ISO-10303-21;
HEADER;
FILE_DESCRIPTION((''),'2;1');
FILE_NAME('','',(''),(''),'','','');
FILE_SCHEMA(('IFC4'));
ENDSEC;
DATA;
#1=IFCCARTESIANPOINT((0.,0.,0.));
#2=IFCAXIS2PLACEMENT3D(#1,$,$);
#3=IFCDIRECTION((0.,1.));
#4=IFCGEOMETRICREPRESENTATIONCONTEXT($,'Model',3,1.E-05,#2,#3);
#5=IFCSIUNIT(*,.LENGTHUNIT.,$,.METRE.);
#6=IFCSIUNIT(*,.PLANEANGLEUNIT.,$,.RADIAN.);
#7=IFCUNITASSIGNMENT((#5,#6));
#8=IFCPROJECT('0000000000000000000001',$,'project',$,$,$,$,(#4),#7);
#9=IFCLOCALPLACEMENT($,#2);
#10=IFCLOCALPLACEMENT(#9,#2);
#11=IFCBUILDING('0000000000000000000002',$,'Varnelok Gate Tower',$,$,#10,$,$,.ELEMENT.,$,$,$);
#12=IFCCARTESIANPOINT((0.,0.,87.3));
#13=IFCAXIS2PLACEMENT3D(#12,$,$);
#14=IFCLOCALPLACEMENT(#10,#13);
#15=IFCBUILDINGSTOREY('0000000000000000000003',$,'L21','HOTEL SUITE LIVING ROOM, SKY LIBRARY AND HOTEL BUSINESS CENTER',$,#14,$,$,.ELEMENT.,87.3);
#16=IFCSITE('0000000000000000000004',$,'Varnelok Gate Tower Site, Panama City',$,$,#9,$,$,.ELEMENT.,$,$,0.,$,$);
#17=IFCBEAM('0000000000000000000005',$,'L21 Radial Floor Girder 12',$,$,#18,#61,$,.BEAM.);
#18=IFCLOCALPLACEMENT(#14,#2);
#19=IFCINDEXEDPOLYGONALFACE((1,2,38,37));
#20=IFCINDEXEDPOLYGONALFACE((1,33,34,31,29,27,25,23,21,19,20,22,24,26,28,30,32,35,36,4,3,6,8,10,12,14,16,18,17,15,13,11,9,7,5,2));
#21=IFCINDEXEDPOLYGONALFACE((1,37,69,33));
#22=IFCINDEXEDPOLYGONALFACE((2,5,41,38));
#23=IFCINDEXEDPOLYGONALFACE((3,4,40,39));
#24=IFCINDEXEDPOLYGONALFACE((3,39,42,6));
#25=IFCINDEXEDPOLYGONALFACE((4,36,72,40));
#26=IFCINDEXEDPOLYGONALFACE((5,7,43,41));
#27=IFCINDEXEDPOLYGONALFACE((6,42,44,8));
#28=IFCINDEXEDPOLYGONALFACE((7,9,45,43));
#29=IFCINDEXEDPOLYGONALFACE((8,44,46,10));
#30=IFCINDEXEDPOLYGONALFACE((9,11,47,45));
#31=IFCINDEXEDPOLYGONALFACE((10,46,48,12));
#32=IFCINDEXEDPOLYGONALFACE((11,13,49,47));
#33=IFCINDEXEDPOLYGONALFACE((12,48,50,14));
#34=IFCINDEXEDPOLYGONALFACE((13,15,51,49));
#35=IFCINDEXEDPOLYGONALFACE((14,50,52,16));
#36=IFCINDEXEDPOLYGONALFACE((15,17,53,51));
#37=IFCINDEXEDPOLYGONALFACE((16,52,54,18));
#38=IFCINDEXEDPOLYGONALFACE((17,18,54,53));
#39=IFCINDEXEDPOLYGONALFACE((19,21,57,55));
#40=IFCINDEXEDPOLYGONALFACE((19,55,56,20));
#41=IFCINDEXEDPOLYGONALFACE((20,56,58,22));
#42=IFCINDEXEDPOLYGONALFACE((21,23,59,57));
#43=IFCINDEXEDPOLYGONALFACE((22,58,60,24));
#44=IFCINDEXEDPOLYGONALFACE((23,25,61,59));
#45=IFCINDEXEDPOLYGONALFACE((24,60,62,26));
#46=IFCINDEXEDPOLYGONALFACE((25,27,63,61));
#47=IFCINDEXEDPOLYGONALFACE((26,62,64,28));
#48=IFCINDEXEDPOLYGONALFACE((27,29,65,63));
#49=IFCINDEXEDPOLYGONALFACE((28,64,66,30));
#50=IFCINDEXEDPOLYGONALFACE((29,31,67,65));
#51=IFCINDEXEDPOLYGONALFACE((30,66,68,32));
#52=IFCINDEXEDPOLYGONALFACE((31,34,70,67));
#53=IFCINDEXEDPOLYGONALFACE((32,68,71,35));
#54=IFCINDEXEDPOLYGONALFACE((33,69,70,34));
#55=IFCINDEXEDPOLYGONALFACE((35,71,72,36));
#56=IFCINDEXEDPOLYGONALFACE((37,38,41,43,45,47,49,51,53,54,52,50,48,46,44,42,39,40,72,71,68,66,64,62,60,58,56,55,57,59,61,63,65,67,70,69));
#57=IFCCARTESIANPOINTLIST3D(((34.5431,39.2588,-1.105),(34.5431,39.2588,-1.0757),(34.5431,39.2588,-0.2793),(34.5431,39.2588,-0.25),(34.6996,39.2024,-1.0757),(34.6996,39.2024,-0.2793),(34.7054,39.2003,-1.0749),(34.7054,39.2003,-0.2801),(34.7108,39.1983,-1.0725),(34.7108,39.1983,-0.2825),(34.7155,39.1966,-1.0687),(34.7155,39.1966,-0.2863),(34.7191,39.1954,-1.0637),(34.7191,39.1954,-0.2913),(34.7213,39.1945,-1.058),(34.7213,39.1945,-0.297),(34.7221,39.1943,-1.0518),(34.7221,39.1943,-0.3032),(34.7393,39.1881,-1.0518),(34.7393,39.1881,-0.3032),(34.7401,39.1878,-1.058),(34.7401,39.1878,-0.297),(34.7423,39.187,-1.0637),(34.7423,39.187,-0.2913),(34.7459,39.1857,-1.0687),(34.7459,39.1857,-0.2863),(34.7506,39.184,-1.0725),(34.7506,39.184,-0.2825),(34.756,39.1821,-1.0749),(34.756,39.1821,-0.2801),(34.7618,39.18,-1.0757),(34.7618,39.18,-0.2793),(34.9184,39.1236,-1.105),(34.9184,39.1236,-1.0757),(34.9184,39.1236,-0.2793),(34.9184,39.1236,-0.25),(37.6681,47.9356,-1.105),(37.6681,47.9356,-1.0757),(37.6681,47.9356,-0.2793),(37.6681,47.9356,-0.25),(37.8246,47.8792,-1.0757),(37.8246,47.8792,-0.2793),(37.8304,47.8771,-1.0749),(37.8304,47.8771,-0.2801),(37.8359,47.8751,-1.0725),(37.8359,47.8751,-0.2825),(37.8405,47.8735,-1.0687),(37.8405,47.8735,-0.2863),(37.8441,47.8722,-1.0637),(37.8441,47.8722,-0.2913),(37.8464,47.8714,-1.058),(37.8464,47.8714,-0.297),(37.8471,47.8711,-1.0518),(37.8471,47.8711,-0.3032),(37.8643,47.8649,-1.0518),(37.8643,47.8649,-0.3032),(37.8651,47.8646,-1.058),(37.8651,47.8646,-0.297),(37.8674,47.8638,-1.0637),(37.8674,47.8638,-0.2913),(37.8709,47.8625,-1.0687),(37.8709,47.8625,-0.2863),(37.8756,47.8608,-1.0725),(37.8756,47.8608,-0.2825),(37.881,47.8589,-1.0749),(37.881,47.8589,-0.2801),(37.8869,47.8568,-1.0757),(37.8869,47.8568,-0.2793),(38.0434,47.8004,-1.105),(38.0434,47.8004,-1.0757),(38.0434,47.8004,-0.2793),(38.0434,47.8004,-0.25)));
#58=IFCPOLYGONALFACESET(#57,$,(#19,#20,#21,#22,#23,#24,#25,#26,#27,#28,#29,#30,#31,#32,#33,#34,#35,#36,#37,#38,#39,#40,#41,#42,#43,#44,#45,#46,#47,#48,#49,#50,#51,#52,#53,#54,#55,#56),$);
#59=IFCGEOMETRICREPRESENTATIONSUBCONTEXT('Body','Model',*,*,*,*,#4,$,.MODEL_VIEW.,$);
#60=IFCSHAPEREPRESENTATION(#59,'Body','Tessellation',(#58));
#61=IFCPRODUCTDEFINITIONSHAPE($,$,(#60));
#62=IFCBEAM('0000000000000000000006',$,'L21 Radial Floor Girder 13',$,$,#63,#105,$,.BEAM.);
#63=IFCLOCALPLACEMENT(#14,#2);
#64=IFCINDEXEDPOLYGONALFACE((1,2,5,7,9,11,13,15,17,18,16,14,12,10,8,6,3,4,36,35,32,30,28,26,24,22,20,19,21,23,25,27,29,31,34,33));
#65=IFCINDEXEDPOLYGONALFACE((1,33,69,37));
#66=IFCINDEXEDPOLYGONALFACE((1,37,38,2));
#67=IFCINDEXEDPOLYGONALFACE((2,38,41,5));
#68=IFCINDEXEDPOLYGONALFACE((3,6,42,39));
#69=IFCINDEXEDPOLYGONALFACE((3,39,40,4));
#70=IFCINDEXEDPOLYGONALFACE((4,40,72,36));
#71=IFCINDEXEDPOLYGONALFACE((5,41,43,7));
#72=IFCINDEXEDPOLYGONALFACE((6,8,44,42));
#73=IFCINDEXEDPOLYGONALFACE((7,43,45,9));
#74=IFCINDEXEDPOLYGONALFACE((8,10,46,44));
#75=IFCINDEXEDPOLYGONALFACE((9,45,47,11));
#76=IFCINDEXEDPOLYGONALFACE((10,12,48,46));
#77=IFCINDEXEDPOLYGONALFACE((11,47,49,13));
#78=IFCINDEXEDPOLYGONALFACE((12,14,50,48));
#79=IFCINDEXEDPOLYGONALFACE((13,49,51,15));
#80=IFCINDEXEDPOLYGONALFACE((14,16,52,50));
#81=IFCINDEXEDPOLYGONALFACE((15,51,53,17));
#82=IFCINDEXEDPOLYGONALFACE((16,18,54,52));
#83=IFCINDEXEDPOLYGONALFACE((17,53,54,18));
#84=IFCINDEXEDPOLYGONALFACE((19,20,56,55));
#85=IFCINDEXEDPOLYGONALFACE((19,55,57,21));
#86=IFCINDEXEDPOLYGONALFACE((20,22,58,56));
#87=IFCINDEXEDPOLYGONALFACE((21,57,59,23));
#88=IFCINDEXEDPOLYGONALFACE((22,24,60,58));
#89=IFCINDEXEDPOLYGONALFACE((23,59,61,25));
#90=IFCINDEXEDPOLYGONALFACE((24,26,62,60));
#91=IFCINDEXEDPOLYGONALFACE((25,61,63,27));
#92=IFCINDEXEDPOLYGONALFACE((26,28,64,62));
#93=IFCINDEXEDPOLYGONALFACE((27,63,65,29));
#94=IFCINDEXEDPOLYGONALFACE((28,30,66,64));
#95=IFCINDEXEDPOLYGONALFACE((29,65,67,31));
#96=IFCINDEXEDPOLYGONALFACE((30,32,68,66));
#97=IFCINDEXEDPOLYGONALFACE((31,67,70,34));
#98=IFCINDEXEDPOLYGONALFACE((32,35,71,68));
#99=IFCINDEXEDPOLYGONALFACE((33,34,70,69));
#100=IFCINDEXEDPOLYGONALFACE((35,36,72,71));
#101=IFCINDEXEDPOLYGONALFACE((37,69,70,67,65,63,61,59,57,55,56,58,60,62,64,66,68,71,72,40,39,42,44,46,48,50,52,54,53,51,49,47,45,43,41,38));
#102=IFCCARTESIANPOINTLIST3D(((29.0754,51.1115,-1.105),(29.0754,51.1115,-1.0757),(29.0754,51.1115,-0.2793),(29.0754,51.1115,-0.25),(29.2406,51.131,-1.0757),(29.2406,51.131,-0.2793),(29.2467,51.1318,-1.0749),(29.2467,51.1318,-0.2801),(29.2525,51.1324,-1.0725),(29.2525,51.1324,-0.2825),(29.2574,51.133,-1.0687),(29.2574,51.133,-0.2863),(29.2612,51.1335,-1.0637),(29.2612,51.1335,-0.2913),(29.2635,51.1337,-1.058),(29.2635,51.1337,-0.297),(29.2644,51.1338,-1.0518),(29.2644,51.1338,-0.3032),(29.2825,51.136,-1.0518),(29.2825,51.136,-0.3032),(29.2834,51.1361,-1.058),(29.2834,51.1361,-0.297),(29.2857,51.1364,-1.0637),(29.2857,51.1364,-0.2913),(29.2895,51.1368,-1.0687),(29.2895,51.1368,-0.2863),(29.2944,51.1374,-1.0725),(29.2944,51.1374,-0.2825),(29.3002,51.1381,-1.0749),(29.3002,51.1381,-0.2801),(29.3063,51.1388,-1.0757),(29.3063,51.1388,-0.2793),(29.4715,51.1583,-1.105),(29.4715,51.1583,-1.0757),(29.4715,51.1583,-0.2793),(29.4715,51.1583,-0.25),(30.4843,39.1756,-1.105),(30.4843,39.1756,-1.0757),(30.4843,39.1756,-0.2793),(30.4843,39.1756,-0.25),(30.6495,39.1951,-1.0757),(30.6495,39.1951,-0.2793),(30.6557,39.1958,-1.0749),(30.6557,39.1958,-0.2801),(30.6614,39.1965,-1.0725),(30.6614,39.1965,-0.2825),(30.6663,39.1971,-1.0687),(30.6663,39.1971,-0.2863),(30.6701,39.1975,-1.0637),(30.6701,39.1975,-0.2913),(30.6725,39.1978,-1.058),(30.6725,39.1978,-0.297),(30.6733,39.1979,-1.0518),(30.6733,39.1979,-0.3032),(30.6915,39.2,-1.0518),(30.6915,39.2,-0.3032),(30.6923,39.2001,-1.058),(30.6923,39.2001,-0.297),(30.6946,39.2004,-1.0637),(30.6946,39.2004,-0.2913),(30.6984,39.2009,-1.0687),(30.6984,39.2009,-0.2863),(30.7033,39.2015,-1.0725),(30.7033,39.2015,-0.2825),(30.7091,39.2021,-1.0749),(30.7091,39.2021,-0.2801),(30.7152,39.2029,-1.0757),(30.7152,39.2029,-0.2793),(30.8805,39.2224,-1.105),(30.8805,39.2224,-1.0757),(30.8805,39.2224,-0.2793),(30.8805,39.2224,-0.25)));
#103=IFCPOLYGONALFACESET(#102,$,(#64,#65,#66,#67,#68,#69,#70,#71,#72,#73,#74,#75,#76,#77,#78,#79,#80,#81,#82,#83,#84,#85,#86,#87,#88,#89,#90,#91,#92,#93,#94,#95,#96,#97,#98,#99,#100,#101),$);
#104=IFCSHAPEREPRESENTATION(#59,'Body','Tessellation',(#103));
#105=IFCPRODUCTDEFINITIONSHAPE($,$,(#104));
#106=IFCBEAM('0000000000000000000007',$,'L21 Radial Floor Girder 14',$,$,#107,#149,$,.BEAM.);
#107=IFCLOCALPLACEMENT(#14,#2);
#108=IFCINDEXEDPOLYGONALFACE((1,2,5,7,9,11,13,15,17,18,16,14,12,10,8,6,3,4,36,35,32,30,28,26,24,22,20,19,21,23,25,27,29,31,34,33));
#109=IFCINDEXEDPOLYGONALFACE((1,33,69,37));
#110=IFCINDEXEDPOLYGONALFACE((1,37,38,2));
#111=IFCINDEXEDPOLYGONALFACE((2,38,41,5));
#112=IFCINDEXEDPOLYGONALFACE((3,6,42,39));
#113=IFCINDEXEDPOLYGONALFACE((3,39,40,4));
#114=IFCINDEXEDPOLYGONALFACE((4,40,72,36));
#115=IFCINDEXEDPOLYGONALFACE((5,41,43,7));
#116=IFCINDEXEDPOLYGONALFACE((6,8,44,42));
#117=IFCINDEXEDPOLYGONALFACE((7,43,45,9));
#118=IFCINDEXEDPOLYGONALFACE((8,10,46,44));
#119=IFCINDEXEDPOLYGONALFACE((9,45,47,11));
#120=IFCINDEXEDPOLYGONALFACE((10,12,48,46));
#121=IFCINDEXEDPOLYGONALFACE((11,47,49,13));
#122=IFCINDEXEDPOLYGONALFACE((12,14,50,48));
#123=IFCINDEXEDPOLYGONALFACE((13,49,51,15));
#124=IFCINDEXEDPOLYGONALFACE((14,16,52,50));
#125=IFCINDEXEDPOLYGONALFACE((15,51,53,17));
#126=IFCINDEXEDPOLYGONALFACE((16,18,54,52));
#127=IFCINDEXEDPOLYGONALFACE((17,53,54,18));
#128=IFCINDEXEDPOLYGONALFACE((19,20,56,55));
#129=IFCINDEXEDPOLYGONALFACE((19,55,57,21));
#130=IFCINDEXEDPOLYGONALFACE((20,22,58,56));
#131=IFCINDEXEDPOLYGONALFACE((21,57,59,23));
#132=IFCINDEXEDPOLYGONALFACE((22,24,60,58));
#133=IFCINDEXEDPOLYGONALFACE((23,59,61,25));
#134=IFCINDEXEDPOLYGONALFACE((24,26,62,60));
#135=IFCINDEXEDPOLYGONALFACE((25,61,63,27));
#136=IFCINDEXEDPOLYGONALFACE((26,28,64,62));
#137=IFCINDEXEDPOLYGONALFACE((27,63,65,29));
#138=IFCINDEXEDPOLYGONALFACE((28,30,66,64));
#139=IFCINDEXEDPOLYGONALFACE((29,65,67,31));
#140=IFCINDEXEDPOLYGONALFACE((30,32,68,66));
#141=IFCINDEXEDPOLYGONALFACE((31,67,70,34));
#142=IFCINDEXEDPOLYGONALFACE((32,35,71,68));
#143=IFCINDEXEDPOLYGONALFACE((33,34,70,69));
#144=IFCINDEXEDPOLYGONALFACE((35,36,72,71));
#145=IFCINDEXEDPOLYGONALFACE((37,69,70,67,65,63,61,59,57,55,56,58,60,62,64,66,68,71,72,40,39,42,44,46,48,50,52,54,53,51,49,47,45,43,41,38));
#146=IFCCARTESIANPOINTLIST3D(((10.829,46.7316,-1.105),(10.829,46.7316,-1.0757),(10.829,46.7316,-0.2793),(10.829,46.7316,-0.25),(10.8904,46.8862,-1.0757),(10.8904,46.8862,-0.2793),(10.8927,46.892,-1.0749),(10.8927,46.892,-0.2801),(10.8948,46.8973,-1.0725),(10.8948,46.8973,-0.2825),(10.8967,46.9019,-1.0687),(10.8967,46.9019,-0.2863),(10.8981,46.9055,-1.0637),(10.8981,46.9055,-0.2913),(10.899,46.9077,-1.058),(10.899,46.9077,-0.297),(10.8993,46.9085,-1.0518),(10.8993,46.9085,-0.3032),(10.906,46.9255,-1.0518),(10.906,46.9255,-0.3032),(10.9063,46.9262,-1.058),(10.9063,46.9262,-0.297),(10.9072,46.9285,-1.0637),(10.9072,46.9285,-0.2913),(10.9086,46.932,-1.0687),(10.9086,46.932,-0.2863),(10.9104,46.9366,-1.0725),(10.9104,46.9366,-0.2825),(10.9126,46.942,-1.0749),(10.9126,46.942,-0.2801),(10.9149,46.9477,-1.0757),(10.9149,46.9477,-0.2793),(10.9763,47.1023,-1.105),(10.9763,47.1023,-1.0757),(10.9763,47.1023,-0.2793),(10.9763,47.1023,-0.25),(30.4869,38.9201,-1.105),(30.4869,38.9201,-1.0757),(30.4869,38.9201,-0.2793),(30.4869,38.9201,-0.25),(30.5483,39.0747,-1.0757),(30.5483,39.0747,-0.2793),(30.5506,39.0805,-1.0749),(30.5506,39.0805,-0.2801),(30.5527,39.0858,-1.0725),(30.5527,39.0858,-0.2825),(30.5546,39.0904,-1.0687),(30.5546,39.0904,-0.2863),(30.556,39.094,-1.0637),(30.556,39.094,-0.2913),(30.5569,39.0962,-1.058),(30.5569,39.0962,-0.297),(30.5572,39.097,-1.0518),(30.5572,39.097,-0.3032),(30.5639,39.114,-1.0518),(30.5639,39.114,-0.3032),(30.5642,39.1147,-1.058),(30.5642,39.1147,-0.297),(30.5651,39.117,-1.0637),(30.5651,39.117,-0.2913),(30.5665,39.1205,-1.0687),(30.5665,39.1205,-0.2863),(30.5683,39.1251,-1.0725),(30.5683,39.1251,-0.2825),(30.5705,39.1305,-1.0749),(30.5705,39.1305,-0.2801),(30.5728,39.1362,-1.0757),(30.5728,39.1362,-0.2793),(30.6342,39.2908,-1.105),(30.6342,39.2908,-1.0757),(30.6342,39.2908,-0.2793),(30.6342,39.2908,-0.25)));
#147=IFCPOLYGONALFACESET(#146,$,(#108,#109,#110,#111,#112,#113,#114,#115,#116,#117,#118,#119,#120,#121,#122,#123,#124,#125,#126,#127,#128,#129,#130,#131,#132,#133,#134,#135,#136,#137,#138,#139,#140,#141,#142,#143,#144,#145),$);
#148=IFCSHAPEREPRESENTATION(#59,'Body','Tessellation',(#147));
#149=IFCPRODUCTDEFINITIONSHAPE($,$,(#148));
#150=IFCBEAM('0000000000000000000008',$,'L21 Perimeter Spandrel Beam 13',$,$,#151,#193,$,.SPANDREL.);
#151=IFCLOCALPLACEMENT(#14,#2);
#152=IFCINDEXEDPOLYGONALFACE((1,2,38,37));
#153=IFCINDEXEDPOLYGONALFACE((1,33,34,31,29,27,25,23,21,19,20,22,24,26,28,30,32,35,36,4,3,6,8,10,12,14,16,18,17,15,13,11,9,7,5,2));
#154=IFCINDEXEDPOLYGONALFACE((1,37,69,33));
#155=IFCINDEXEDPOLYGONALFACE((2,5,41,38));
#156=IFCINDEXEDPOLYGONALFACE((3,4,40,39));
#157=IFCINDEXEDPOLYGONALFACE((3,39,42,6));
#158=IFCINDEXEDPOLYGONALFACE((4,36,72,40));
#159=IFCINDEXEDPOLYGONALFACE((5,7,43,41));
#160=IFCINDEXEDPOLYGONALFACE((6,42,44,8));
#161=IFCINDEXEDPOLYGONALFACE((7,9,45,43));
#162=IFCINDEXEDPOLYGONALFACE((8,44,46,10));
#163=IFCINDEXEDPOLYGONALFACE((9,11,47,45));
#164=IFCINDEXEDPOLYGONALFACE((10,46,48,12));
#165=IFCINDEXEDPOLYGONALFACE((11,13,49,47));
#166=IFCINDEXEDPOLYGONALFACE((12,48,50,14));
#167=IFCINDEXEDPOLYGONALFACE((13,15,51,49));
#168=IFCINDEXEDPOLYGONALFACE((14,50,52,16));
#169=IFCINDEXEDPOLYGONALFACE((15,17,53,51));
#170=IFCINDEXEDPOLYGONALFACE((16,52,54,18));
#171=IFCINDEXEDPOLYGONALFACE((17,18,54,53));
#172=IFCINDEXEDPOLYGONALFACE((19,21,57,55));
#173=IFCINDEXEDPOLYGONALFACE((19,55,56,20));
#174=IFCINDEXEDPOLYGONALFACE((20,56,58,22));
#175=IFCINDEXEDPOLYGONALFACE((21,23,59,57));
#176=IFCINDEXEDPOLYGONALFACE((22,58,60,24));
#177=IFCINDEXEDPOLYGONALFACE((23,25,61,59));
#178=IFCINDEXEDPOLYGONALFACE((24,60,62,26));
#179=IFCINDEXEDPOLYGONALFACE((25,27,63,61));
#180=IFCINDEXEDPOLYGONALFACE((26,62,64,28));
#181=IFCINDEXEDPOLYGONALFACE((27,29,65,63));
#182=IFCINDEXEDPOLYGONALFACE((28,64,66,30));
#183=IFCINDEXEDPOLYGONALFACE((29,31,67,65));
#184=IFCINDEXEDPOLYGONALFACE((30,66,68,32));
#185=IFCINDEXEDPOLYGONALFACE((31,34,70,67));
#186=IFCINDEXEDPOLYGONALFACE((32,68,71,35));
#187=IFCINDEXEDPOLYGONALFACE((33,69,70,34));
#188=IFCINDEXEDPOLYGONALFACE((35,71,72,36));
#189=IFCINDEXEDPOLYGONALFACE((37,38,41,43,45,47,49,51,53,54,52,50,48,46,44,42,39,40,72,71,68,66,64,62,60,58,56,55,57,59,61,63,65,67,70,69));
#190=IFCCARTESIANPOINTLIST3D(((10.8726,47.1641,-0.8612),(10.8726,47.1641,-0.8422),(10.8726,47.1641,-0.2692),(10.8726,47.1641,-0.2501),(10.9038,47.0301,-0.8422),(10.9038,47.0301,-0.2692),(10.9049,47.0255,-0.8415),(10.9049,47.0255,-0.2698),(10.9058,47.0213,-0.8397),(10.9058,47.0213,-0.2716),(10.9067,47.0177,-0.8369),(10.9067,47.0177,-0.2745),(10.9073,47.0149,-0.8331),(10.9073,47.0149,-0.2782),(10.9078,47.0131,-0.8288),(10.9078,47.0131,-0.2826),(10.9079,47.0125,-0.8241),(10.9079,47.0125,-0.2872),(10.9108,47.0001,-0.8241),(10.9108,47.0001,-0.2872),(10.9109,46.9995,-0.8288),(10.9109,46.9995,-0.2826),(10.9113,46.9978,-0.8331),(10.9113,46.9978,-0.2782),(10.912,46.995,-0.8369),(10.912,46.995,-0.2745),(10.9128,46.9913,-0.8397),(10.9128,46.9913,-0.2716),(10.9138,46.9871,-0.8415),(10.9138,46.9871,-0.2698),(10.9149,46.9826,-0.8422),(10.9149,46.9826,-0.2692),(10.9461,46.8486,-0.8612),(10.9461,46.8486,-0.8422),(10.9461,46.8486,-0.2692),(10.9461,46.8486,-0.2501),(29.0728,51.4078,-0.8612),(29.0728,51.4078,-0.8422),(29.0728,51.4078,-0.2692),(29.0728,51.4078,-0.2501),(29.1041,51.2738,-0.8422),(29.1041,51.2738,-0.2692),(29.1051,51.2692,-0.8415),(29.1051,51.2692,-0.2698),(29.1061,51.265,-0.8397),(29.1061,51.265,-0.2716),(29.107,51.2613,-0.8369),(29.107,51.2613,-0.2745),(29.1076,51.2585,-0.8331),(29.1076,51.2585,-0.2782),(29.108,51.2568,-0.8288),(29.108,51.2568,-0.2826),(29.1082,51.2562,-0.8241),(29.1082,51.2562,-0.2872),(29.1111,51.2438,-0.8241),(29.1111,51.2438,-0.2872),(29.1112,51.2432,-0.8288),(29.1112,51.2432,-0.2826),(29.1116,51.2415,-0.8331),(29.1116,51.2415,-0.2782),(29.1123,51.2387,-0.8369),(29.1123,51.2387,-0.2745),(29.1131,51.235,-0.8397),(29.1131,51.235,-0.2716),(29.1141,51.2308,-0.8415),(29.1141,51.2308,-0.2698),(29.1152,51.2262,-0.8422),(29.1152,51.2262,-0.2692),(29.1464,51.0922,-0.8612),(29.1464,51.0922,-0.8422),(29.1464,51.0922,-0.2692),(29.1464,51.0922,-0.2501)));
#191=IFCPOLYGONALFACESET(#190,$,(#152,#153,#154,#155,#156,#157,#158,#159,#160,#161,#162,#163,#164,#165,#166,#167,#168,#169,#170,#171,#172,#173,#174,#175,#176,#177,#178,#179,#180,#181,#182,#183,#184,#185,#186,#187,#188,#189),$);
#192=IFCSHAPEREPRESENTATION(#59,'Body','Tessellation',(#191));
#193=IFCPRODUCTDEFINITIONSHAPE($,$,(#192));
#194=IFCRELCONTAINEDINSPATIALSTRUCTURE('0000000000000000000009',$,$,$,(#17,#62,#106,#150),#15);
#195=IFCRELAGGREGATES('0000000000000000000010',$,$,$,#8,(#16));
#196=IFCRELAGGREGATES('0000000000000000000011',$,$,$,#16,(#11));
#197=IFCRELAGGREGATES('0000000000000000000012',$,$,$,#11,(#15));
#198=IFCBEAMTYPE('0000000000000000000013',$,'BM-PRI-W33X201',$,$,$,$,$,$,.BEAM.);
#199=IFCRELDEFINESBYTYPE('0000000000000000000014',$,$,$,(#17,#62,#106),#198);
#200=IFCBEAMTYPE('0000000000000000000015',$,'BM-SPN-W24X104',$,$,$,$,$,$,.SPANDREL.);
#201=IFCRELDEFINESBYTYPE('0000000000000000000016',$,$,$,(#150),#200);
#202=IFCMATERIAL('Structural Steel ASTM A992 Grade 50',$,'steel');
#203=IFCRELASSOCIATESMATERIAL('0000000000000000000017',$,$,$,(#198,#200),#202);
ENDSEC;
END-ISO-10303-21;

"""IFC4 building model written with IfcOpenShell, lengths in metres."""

from ifc_helpers import new_model, si_unit, direction, frame, origin, origin_2d, place, context, subcontext, project, spatial, i_section, extrude, material, material_profile, profile_set, type_object, element, save


model = new_model("IFC4")

# Units and contexts
model_context = context("Model", 3, precision=1e-05, world=origin(), true_north=direction((0.0, 1.0)))
body_context = subcontext(model_context, "Body", "Model", "MODEL_VIEW")
ifc_project = project(units=[si_unit("LENGTHUNIT", "METRE"), si_unit("PLANEANGLEUNIT", "RADIAN")], contexts=[model_context])

# Site, building, storey
site_placement = place(None, origin())
site = spatial("IfcSite", under=ifc_project, at=site_placement, Name="Varnelok Gate Tower Site, Panama City", CompositionType="ELEMENT", RefElevation=0.0)
building_placement = place(site_placement, origin())
building = spatial("IfcBuilding", under=site, at=building_placement, Name="Varnelok Gate Tower", CompositionType="ELEMENT")
storey_placement = place(building_placement, frame((0.0, 0.0, 87.3)))
storey = spatial("IfcBuildingStorey", under=building, at=storey_placement, Name="L21", Description="HOTEL SUITE LIVING ROOM, SKY LIBRARY AND HOTEL BUSINESS CENTER", CompositionType="ELEMENT", Elevation=87.3)

# Shared definitions
ifc_material_1 = material(Name="Structural Steel ASTM A992 Grade 50", Category="steel")

# Beams
ifc_material_profile_1 = material_profile(ifc_material_1, i_section(OverallWidth=0.3989, OverallDepth=0.855, WebThickness=0.0183, FlangeThickness=0.0293, FilletRadius=0.0239, at=origin_2d()), Name="W33X201")
ifc_profile_set_1 = profile_set([ifc_material_profile_1], Name="Structural Steel ASTM A992 Grade 50")
beam_type_1 = type_object("IfcBeamType", Name="BM-PRI-W33X201", PredefinedType="BEAM", material=ifc_profile_set_1)
beam_1_placement = place(storey_placement, frame((34.7307, 39.1912, -0.6775), z_axis=(0.338851, 0.94084, 0.0), x_axis=(-0.94084, 0.338851, 0.0)))
element("IfcBeam", 1, at=beam_1_placement, inside=storey, type_object=beam_type_1, Name="L21 Radial Floor Girder 12", PredefinedType="BEAM", context=body_context, shape_type="SweptSolid", body=[
    extrude(i_section(OverallWidth=0.3989, OverallDepth=0.855, WebThickness=0.0183, FlangeThickness=0.0293, FilletRadius=0.0239, at=origin_2d()), origin(), (0.0, 0.0, 1.0), 9.2224),
])
beam_2_placement = place(storey_placement, frame((30.6824, 39.199, -0.6775), z_axis=(-0.117227, 0.993105, 0.0), x_axis=(-0.993105, -0.117227, 0.0)))
element("IfcBeam", 2, at=beam_2_placement, inside=storey, type_object=beam_type_1, Name="L21 Radial Floor Girder 13", PredefinedType="BEAM", context=body_context, shape_type="SweptSolid", body=[
    extrude(i_section(OverallWidth=0.3989, OverallDepth=0.855, WebThickness=0.0183, FlangeThickness=0.0293, FilletRadius=0.0239, at=origin_2d()), origin(), (0.0, 0.0, 1.0), 12.0188),
])
beam_3_placement = place(storey_placement, frame((30.5605, 39.1055, -0.6775), z_axis=(-0.929316, 0.369284, 0.0), x_axis=(-0.369284, -0.929316, 0.0)))
element("IfcBeam", 3, at=beam_3_placement, inside=storey, type_object=beam_type_1, Name="L21 Radial Floor Girder 14", PredefinedType="BEAM", context=body_context, shape_type="SweptSolid", body=[
    extrude(i_section(OverallWidth=0.3989, OverallDepth=0.855, WebThickness=0.0183, FlangeThickness=0.0293, FilletRadius=0.0239, at=origin_2d()), origin(), (0.0, 0.0, 1.0), 21.1531),
])
ifc_material_profile_2 = material_profile(ifc_material_1, i_section(OverallWidth=0.324, OverallDepth=0.6111, WebThickness=0.0127, FlangeThickness=0.019, FilletRadius=0.0181, at=origin_2d()), Name="W24X104")
ifc_profile_set_2 = profile_set([ifc_material_profile_2], Name="Structural Steel ASTM A992 Grade 50")
beam_type_2 = type_object("IfcBeamType", Name="BM-SPN-W24X104", PredefinedType="SPANDREL", material=ifc_profile_set_2)
beam_4_placement = place(storey_placement, frame((29.1096, 51.25, -0.5557), z_axis=(-0.973877, -0.227074, 0.0), x_axis=(0.227074, -0.973877, 0.0)))
element("IfcBeam", 4, at=beam_4_placement, inside=storey, type_object=beam_type_2, Name="L21 Perimeter Spandrel Beam 13", PredefinedType="SPANDREL", context=body_context, shape_type="SweptSolid", body=[
    extrude(i_section(OverallWidth=0.324, OverallDepth=0.6111, WebThickness=0.0127, FlangeThickness=0.019, FilletRadius=0.0181, at=origin_2d()), origin(), (0.0, 0.0, 1.0), 18.6885),
])

save(model, "model.ifc")
